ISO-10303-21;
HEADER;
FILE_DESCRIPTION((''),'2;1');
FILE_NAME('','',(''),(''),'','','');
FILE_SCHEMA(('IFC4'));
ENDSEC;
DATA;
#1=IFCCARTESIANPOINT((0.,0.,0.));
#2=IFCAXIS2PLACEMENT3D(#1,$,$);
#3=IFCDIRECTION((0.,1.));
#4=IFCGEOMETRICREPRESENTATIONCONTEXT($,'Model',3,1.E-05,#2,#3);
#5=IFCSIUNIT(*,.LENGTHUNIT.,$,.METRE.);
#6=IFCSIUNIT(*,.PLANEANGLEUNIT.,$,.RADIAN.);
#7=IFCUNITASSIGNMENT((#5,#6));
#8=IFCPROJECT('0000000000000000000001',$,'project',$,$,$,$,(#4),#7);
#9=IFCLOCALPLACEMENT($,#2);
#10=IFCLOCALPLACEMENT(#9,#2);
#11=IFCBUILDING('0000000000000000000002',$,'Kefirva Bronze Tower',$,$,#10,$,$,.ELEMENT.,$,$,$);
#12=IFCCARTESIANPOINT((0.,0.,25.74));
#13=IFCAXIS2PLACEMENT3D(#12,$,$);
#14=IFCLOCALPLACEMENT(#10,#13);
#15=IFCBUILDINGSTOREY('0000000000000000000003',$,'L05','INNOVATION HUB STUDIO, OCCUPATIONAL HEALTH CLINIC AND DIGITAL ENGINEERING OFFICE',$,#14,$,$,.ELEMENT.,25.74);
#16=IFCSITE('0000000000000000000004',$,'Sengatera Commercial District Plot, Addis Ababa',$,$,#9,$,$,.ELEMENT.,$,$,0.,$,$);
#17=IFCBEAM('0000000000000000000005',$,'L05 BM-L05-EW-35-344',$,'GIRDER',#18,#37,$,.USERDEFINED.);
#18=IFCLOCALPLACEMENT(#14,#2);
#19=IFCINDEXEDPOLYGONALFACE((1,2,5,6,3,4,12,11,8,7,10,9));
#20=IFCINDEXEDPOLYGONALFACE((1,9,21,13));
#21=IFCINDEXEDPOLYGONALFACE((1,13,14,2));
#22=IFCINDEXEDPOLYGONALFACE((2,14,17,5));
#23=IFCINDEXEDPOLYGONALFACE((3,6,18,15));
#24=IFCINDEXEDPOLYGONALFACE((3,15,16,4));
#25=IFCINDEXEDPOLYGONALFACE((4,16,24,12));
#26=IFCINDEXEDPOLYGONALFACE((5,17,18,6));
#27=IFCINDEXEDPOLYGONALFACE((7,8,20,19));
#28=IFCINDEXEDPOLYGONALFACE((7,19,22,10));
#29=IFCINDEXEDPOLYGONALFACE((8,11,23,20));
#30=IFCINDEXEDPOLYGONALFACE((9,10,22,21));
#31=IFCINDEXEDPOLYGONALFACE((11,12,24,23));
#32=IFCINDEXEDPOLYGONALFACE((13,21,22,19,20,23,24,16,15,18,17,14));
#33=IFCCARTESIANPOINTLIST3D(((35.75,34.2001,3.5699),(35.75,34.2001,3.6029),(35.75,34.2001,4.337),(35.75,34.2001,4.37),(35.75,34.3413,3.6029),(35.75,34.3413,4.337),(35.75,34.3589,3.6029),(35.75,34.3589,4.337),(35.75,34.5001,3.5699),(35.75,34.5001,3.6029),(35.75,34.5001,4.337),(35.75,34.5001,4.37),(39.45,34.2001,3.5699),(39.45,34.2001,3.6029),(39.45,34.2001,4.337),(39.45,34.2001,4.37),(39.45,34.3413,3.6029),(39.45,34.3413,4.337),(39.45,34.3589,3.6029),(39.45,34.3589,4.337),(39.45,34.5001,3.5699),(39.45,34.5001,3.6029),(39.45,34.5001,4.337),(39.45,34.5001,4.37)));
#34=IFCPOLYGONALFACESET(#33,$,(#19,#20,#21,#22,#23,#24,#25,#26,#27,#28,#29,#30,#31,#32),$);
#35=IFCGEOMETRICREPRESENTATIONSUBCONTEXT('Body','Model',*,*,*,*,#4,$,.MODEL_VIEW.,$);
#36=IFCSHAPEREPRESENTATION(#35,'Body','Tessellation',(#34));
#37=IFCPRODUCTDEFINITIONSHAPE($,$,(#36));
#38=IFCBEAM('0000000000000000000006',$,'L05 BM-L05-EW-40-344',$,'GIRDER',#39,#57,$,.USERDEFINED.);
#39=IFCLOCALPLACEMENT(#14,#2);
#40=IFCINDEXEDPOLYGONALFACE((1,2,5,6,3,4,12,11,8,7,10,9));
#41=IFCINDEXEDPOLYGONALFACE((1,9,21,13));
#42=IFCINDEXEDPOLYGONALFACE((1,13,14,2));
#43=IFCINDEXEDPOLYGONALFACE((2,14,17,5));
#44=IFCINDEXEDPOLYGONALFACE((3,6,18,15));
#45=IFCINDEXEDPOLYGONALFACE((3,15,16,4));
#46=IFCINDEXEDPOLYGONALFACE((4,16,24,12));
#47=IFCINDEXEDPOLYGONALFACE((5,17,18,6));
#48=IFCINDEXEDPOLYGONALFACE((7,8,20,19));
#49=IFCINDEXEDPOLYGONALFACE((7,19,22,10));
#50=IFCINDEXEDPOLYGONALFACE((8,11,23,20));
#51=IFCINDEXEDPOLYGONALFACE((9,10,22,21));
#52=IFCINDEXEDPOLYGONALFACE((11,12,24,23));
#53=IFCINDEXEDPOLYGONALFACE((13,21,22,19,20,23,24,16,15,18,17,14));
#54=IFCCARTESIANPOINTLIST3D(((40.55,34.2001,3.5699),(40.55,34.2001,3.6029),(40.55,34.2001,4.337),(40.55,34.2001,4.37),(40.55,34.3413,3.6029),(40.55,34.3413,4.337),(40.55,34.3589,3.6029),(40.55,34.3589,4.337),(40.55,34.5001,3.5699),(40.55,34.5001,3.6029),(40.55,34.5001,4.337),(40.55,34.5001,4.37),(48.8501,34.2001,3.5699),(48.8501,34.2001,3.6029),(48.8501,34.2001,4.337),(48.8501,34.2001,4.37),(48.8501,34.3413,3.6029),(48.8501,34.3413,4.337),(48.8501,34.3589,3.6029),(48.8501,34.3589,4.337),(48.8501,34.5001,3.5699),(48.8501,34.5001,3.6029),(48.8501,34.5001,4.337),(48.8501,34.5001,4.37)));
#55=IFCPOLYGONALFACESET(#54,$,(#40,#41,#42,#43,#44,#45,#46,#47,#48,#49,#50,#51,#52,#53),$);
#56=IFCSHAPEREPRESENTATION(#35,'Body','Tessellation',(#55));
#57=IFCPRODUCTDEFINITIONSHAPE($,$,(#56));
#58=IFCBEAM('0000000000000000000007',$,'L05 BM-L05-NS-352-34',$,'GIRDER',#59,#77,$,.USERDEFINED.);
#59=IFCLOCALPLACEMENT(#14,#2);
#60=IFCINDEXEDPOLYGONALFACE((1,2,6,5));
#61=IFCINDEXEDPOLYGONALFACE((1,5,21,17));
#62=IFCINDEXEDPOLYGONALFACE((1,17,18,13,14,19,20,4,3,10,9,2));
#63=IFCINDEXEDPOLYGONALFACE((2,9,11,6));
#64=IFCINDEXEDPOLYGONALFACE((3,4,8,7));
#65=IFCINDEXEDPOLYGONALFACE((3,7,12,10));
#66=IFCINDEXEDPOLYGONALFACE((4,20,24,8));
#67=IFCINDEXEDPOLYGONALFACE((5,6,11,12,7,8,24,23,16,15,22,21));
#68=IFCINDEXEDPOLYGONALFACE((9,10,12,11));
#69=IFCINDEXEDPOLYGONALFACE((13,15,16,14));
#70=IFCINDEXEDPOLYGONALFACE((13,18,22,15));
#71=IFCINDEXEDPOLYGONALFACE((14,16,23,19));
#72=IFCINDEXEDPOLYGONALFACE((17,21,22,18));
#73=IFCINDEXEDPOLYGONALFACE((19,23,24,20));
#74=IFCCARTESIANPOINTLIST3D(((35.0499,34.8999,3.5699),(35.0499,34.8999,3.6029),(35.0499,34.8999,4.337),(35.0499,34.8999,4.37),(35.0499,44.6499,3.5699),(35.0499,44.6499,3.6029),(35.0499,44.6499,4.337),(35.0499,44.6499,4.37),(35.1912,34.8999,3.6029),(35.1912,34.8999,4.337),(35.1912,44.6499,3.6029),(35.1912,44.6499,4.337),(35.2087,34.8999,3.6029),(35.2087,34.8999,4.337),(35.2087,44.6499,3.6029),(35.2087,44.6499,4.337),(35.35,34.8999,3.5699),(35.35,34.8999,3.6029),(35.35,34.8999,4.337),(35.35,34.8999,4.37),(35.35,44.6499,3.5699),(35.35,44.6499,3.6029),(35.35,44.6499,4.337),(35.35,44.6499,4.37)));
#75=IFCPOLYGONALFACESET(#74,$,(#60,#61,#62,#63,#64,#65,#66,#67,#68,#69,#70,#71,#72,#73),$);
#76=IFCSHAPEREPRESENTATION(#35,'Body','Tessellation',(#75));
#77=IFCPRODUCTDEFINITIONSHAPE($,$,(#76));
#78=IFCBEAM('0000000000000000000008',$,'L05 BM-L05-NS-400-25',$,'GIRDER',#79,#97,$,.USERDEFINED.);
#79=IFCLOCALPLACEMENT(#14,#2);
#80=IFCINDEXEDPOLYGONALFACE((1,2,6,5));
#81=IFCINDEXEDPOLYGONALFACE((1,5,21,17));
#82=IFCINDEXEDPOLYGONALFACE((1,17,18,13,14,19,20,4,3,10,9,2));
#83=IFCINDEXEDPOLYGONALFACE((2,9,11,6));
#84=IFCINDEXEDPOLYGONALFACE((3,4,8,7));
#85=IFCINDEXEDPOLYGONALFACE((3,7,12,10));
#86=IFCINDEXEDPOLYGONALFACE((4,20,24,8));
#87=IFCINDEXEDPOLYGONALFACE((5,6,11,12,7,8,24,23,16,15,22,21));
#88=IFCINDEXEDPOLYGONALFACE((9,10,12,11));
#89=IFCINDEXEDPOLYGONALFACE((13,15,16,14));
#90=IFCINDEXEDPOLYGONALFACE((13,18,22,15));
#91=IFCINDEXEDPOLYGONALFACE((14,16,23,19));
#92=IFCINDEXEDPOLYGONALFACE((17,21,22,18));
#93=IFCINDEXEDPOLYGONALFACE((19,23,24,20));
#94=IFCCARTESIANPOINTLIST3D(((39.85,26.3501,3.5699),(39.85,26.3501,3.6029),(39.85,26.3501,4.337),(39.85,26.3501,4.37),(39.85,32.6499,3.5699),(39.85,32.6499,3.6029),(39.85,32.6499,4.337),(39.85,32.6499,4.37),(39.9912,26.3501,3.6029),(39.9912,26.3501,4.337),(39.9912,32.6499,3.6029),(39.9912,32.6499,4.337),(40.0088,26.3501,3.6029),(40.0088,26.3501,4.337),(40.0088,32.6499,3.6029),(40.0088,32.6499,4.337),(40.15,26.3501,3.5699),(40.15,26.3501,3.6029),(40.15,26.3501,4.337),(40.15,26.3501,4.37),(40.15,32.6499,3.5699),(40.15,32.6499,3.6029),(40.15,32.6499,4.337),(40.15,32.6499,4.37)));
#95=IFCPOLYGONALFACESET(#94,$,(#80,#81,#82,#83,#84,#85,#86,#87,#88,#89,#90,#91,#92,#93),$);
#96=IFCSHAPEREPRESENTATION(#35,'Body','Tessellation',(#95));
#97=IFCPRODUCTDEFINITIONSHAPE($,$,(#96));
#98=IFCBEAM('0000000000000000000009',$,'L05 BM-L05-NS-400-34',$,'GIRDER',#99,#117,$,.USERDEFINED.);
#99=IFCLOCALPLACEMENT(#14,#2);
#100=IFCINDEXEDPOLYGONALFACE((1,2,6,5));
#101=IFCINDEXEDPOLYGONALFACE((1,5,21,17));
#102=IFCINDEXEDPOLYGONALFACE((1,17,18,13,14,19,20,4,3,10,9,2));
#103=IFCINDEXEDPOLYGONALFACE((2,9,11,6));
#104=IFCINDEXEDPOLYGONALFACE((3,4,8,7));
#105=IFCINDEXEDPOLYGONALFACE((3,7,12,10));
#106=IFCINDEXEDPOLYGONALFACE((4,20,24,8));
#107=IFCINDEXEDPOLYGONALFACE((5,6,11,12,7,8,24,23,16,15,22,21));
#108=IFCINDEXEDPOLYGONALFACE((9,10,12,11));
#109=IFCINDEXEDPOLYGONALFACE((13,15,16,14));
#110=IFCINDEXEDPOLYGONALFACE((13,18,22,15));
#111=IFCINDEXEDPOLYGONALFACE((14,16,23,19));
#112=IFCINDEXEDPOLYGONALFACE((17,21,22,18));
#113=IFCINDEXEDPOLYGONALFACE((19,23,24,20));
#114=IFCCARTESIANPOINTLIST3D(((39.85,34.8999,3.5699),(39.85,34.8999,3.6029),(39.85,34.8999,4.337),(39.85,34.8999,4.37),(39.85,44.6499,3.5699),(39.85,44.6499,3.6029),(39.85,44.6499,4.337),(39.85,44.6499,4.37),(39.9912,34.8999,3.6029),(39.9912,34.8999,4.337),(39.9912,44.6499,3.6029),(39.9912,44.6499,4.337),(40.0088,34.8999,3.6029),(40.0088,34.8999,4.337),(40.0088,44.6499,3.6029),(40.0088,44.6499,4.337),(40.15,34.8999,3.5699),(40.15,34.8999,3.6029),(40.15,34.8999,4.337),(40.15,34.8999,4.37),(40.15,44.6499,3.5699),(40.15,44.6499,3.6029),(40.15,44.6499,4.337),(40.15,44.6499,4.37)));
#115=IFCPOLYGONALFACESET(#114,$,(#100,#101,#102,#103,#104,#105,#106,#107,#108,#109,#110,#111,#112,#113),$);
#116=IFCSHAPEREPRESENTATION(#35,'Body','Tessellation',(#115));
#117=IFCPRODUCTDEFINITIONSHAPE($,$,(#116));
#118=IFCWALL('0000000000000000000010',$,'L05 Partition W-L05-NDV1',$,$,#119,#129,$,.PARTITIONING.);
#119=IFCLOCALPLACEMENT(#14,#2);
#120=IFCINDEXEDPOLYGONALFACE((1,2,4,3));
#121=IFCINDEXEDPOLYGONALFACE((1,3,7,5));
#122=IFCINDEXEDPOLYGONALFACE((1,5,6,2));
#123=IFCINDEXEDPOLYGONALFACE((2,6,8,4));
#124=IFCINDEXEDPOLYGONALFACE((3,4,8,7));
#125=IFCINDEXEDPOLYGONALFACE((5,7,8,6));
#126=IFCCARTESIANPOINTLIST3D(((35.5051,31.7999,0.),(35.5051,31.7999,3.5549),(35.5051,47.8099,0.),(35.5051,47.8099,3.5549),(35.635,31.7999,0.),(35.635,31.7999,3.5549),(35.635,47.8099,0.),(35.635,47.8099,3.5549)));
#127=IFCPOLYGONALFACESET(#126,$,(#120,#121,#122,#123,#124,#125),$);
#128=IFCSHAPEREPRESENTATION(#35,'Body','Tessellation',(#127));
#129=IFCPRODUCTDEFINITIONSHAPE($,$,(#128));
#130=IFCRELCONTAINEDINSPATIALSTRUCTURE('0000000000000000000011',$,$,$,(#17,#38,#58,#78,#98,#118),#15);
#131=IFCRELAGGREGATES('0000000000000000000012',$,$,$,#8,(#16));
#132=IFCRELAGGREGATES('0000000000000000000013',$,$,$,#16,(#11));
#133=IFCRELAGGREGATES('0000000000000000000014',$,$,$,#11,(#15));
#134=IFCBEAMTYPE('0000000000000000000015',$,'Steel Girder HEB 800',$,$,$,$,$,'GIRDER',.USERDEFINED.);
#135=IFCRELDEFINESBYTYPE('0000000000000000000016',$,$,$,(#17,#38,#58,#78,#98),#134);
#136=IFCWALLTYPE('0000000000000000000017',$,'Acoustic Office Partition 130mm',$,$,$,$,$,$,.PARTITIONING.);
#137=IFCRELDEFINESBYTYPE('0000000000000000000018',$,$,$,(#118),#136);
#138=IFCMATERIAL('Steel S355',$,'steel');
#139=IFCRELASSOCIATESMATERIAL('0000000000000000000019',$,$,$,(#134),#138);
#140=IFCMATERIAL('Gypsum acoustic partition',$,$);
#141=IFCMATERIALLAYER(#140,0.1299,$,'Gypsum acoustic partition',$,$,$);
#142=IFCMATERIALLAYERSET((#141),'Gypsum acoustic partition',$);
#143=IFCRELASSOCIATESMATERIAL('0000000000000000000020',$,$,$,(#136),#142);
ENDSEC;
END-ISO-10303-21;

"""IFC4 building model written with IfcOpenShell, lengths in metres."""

from ifc_helpers import new_model, si_unit, direction, frame, frame_2d, origin, origin_2d, place, context, subcontext, project, spatial, rectangle, i_section, extrude, material, layer, layer_set, material_profile, profile_set, type_object, element, save


model = new_model("IFC4")

# Units and contexts
model_context = context("Model", 3, precision=1e-05, world=origin(), true_north=direction((0.0, 1.0)))
body_context = subcontext(model_context, "Body", "Model", "MODEL_VIEW")
ifc_project = project(units=[si_unit("LENGTHUNIT", "METRE"), si_unit("PLANEANGLEUNIT", "RADIAN")], contexts=[model_context])

# Site, building, storey
site_placement = place(None, origin())
site = spatial("IfcSite", under=ifc_project, at=site_placement, Name="Sengatera Commercial District Plot, Addis Ababa", CompositionType="ELEMENT", RefElevation=0.0)
building_placement = place(site_placement, origin())
building = spatial("IfcBuilding", under=site, at=building_placement, Name="Kefirva Bronze Tower", CompositionType="ELEMENT")
storey_placement = place(building_placement, frame((0.0, 0.0, 25.74)))
storey = spatial("IfcBuildingStorey", under=building, at=storey_placement, Name="L05", Description="INNOVATION HUB STUDIO, OCCUPATIONAL HEALTH CLINIC AND DIGITAL ENGINEERING OFFICE", CompositionType="ELEMENT", Elevation=25.74)

# Beams
ifc_material_1 = material(Name="Steel S355", Category="steel")
ifc_material_profile_1 = material_profile(ifc_material_1, i_section(OverallWidth=0.3, OverallDepth=0.8, WebThickness=0.0176, FlangeThickness=0.033, at=origin_2d()), Name="HEB 800")
ifc_profile_set_1 = profile_set([ifc_material_profile_1], Name="Steel S355")
beam_type_1 = type_object("IfcBeamType", Name="Steel Girder HEB 800", ElementType="GIRDER", PredefinedType="USERDEFINED", material=ifc_profile_set_1)
beam_1_placement = place(storey_placement, frame((35.75, 34.3501, 3.97), z_axis=(1.0, 0.0, 0.0), x_axis=(0.0, 1.0, 0.0)))
element("IfcBeam", 1, at=beam_1_placement, inside=storey, type_object=beam_type_1, Name="L05 BM-L05-EW-35-344", ObjectType="GIRDER", PredefinedType="USERDEFINED", context=body_context, shape_type="SweptSolid", body=[
    extrude(i_section(OverallWidth=0.3, OverallDepth=0.8, WebThickness=0.0176, FlangeThickness=0.033, at=origin_2d()), origin(), (0.0, 0.0, 1.0), 3.7),
])
beam_2_placement = place(storey_placement, frame((40.55, 34.3501, 3.97), z_axis=(1.0, 0.0, 0.0), x_axis=(0.0, 1.0, 0.0)))
element("IfcBeam", 2, at=beam_2_placement, inside=storey, type_object=beam_type_1, Name="L05 BM-L05-EW-40-344", ObjectType="GIRDER", PredefinedType="USERDEFINED", context=body_context, shape_type="SweptSolid", body=[
    extrude(i_section(OverallWidth=0.3, OverallDepth=0.8, WebThickness=0.0176, FlangeThickness=0.033, at=origin_2d()), origin(), (0.0, 0.0, 1.0), 8.3),
])
beam_3_placement = place(storey_placement, frame((35.2, 34.8999, 3.97), z_axis=(0.0, 1.0, 0.0), x_axis=(-1.0, 0.0, 0.0)))
element("IfcBeam", 3, at=beam_3_placement, inside=storey, type_object=beam_type_1, Name="L05 BM-L05-NS-352-34", ObjectType="GIRDER", PredefinedType="USERDEFINED", context=body_context, shape_type="SweptSolid", body=[
    extrude(i_section(OverallWidth=0.3, OverallDepth=0.8, WebThickness=0.0176, FlangeThickness=0.033, at=origin_2d()), origin(), (0.0, 0.0, 1.0), 9.75),
])
beam_4_placement = place(storey_placement, frame((40.0, 26.3501, 3.97), z_axis=(0.0, 1.0, 0.0), x_axis=(-1.0, 0.0, 0.0)))
element("IfcBeam", 4, at=beam_4_placement, inside=storey, type_object=beam_type_1, Name="L05 BM-L05-NS-400-25", ObjectType="GIRDER", PredefinedType="USERDEFINED", context=body_context, shape_type="SweptSolid", body=[
    extrude(i_section(OverallWidth=0.3, OverallDepth=0.8, WebThickness=0.0176, FlangeThickness=0.033, at=origin_2d()), origin(), (0.0, 0.0, 1.0), 6.2998),
])
beam_5_placement = place(storey_placement, frame((40.0, 34.8999, 3.97), z_axis=(0.0, 1.0, 0.0), x_axis=(-1.0, 0.0, 0.0)))
element("IfcBeam", 5, at=beam_5_placement, inside=storey, type_object=beam_type_1, Name="L05 BM-L05-NS-400-34", ObjectType="GIRDER", PredefinedType="USERDEFINED", context=body_context, shape_type="SweptSolid", body=[
    extrude(i_section(OverallWidth=0.3, OverallDepth=0.8, WebThickness=0.0176, FlangeThickness=0.033, at=origin_2d()), origin(), (0.0, 0.0, 1.0), 9.75),
])

# Wall
ifc_material_2 = material(Name="Gypsum acoustic partition")
ifc_layer = layer(ifc_material_2, 0.1299, Name="Gypsum acoustic partition")
ifc_layer_set = layer_set([ifc_layer], Name="Gypsum acoustic partition")
wall_type = type_object("IfcWallType", Name="Acoustic Office Partition 130mm", PredefinedType="PARTITIONING", material=ifc_layer_set)
wall_placement = place(storey_placement, frame((35.5701, 31.8, 0.0), z_axis=(0.0, 0.0, 1.0), x_axis=(0.0, 1.0, 0.0)))
element("IfcWall", 6, at=wall_placement, inside=storey, type_object=wall_type, Name="L05 Partition W-L05-NDV1", PredefinedType="PARTITIONING", context=body_context, shape_type="SweptSolid", body=[
    extrude(rectangle(XDim=16.01, YDim=0.1299, at=frame_2d((8.0049, 0.0))), origin(), (0.0, 0.0, 1.0), 3.5549),
])

save(model, "model.ifc")
